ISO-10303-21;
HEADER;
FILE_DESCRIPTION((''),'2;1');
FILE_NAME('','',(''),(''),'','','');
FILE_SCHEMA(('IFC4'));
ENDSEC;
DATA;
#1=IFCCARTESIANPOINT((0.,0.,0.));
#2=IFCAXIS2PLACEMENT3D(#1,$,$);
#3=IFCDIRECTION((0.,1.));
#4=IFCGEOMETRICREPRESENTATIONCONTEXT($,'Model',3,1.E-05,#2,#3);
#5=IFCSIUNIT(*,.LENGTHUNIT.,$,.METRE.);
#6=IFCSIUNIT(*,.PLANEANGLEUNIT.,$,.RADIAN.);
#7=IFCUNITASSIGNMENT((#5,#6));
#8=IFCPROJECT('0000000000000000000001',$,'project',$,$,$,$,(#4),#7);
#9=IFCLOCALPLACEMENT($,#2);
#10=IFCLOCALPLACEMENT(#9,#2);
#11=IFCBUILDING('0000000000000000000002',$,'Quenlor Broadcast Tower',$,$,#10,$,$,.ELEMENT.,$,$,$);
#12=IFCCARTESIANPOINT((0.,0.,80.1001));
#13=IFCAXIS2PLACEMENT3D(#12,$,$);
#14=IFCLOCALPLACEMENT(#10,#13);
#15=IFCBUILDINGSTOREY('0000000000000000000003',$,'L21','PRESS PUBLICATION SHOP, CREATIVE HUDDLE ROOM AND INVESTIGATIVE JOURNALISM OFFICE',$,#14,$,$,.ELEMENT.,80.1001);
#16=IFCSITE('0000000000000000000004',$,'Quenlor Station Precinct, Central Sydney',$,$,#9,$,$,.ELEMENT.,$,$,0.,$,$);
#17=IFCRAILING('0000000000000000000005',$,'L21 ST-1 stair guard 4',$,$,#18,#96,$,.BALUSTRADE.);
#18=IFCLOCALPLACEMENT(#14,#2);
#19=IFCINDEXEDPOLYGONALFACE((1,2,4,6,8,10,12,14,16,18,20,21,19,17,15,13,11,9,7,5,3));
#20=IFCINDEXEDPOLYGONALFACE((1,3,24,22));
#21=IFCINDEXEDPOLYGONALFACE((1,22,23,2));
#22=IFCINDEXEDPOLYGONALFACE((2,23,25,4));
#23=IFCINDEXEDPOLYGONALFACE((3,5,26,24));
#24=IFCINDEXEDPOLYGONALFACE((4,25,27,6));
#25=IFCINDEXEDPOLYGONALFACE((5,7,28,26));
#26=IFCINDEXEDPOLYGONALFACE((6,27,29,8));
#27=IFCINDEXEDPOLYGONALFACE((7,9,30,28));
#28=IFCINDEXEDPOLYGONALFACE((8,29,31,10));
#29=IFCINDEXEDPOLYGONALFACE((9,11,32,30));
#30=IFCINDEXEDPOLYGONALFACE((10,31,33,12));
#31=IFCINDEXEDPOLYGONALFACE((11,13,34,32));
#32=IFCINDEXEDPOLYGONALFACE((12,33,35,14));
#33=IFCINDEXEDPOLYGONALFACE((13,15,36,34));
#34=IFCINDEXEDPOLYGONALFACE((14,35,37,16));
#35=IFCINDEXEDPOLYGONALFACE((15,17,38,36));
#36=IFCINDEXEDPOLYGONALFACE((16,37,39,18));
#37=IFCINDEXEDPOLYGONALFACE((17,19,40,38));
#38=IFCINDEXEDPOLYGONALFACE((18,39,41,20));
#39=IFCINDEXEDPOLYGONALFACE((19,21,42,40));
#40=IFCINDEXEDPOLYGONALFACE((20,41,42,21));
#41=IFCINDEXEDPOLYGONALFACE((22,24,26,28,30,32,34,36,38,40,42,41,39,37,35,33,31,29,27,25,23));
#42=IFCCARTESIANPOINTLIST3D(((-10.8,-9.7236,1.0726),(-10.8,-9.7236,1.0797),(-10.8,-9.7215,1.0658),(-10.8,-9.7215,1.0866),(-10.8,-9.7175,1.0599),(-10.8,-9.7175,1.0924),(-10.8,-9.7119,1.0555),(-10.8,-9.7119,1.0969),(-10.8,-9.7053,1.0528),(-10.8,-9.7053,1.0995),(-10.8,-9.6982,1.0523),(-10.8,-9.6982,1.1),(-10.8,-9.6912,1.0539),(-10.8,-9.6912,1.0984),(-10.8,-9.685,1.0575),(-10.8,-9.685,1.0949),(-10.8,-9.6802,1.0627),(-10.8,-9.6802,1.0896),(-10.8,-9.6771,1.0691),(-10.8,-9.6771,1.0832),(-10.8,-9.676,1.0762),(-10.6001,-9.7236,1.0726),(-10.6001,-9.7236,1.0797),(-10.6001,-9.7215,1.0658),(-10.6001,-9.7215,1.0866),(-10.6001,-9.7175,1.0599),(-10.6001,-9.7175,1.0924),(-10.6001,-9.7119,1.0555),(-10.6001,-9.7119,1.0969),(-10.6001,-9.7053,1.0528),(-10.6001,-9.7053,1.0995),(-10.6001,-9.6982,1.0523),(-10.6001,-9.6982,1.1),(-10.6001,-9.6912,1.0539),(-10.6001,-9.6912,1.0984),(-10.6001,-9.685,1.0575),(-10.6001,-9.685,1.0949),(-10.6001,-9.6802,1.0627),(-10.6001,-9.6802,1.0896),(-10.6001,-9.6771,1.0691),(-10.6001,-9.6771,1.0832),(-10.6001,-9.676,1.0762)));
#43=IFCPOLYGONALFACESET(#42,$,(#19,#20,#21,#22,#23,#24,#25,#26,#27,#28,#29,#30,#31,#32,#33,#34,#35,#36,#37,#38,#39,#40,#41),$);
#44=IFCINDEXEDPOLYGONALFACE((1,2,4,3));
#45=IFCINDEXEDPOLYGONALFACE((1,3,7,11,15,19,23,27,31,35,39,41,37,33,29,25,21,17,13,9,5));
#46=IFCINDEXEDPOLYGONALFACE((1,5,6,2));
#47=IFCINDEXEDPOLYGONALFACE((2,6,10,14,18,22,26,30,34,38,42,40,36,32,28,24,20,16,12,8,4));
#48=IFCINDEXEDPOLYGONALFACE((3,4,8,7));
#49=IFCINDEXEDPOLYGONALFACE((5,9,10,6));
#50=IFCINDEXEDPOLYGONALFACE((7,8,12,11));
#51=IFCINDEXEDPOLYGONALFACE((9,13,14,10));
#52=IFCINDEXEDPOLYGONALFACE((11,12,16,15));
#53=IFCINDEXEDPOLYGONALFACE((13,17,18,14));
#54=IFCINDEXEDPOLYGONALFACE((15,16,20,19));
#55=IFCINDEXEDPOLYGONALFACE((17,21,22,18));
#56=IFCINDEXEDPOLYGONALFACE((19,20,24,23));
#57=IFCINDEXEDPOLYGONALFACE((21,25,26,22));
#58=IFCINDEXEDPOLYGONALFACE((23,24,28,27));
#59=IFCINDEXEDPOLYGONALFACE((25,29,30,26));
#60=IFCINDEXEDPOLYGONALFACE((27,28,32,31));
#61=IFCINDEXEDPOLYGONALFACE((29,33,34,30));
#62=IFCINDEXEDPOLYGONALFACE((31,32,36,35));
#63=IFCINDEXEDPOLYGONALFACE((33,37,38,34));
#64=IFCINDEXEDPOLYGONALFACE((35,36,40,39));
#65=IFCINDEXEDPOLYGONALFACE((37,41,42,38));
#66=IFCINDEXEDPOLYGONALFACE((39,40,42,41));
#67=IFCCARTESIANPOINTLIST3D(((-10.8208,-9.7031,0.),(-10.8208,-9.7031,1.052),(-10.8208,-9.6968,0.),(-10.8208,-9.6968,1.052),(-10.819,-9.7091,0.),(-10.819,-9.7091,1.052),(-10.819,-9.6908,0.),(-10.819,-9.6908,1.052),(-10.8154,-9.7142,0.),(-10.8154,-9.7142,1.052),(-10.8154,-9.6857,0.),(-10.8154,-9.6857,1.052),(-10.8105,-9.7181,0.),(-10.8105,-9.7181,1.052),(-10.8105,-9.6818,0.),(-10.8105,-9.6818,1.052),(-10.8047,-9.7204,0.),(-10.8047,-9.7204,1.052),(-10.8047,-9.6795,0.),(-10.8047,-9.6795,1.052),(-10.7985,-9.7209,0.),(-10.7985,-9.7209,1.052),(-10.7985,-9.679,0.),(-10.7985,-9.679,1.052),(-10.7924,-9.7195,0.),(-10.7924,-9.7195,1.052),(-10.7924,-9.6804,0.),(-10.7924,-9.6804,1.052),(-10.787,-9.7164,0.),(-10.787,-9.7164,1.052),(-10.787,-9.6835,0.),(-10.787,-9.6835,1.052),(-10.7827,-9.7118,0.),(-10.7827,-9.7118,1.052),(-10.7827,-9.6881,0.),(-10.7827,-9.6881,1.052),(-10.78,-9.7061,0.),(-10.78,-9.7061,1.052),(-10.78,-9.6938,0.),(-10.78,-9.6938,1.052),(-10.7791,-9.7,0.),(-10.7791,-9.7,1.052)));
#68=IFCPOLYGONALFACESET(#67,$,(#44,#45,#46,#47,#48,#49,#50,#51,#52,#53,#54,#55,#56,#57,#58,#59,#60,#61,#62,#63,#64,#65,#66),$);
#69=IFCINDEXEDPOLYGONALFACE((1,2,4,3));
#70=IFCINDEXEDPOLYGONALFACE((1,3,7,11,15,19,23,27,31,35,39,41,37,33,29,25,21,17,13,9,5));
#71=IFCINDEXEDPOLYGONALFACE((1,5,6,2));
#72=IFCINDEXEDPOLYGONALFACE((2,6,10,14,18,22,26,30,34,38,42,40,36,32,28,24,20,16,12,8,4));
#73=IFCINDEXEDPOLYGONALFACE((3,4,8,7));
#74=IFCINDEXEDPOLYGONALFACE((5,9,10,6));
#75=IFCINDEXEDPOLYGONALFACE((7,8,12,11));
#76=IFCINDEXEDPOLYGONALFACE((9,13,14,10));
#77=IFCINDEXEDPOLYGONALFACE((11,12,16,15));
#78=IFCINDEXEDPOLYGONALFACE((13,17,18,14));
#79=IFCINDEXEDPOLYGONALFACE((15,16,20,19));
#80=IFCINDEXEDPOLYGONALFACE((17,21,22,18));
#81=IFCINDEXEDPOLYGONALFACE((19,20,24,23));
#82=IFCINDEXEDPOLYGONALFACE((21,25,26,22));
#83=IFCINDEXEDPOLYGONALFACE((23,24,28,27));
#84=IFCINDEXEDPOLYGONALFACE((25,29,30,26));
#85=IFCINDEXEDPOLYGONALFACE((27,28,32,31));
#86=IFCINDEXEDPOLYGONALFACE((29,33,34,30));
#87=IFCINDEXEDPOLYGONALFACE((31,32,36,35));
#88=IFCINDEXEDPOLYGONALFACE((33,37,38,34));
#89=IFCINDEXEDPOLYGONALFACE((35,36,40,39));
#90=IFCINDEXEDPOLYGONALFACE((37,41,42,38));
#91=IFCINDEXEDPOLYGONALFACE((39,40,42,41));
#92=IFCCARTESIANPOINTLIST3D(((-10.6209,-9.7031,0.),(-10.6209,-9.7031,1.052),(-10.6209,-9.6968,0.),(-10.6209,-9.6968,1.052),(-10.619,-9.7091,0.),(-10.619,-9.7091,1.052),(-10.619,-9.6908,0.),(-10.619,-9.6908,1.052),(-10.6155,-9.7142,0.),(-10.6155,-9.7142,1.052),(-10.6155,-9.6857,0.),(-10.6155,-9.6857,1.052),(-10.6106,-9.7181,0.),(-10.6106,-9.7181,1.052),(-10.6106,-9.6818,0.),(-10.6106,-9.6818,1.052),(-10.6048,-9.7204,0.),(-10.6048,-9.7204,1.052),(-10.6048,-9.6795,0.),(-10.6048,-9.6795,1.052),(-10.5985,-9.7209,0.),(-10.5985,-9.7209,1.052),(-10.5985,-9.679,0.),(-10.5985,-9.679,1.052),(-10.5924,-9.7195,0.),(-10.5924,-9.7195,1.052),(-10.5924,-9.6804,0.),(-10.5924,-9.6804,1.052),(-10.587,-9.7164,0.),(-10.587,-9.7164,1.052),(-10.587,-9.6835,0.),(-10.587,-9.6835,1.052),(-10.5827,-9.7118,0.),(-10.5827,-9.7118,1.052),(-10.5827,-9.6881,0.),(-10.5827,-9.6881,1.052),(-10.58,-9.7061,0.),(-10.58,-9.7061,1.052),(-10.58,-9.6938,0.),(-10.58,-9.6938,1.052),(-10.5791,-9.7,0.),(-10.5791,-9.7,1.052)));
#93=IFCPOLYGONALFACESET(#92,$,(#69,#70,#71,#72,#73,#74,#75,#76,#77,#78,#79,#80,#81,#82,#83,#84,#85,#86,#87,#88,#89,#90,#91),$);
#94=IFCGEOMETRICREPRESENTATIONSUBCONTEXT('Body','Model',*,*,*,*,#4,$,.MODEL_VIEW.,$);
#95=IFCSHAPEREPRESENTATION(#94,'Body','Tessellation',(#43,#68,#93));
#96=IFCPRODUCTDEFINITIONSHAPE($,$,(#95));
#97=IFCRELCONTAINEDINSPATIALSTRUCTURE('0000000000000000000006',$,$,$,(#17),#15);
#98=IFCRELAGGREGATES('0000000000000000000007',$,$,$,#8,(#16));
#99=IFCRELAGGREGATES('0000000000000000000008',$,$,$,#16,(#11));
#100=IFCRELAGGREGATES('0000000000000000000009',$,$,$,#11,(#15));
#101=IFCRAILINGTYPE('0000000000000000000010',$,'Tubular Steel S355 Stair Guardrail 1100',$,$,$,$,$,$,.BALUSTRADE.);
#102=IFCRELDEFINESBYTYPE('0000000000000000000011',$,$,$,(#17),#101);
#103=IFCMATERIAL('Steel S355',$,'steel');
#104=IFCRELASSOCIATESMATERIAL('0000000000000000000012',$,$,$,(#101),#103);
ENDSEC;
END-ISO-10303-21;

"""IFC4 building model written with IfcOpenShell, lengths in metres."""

from ifc_helpers import new_model, si_unit, direction, frame, origin, origin_2d, place, context, subcontext, project, spatial, circle, extrude, material, type_object, element, save


model = new_model("IFC4")

# Units and contexts
model_context = context("Model", 3, precision=1e-05, world=origin(), true_north=direction((0.0, 1.0)))
body_context = subcontext(model_context, "Body", "Model", "MODEL_VIEW")
ifc_project = project(units=[si_unit("LENGTHUNIT", "METRE"), si_unit("PLANEANGLEUNIT", "RADIAN")], contexts=[model_context])

# Site, building, storey
site_placement = place(None, origin())
site = spatial("IfcSite", under=ifc_project, at=site_placement, Name="Quenlor Station Precinct, Central Sydney", CompositionType="ELEMENT", RefElevation=0.0)
building_placement = place(site_placement, origin())
building = spatial("IfcBuilding", under=site, at=building_placement, Name="Quenlor Broadcast Tower", CompositionType="ELEMENT")
storey_placement = place(building_placement, frame((0.0, 0.0, 80.1001)))
storey = spatial("IfcBuildingStorey", under=building, at=storey_placement, Name="L21", Description="PRESS PUBLICATION SHOP, CREATIVE HUDDLE ROOM AND INVESTIGATIVE JOURNALISM OFFICE", CompositionType="ELEMENT", Elevation=80.1001)

# Railing
ifc_material_1 = material(Name="Steel S355", Category="steel")
railing_type_1 = type_object("IfcRailingType", Name="Tubular Steel S355 Stair Guardrail 1100", PredefinedType="BALUSTRADE", material=ifc_material_1)
railing_1_placement = place(storey_placement, frame((-10.8, -9.7, 0.0)))
element("IfcRailing", 1, at=railing_1_placement, inside=storey, type_object=railing_type_1, Name="L21 ST-1 stair guard 4", PredefinedType="BALUSTRADE", context=body_context, shape_type="SweptSolid", body=[
    extrude(circle(Radius=0.0239, at=origin_2d()), frame((0.0, 0.0, 1.0762), z_axis=(1.0, 0.0, 0.0), x_axis=(0.0, 1.0, 0.0)), (0.0, 0.0, 1.0), 0.2),
    extrude(circle(Radius=0.021, at=origin_2d()), origin(), (0.0, 0.0, 1.0), 1.052),
    extrude(circle(Radius=0.021, at=origin_2d()), frame((0.2, 0.0, 0.0)), (0.0, 0.0, 1.0), 1.052),
])

save(model, "model.ifc")
